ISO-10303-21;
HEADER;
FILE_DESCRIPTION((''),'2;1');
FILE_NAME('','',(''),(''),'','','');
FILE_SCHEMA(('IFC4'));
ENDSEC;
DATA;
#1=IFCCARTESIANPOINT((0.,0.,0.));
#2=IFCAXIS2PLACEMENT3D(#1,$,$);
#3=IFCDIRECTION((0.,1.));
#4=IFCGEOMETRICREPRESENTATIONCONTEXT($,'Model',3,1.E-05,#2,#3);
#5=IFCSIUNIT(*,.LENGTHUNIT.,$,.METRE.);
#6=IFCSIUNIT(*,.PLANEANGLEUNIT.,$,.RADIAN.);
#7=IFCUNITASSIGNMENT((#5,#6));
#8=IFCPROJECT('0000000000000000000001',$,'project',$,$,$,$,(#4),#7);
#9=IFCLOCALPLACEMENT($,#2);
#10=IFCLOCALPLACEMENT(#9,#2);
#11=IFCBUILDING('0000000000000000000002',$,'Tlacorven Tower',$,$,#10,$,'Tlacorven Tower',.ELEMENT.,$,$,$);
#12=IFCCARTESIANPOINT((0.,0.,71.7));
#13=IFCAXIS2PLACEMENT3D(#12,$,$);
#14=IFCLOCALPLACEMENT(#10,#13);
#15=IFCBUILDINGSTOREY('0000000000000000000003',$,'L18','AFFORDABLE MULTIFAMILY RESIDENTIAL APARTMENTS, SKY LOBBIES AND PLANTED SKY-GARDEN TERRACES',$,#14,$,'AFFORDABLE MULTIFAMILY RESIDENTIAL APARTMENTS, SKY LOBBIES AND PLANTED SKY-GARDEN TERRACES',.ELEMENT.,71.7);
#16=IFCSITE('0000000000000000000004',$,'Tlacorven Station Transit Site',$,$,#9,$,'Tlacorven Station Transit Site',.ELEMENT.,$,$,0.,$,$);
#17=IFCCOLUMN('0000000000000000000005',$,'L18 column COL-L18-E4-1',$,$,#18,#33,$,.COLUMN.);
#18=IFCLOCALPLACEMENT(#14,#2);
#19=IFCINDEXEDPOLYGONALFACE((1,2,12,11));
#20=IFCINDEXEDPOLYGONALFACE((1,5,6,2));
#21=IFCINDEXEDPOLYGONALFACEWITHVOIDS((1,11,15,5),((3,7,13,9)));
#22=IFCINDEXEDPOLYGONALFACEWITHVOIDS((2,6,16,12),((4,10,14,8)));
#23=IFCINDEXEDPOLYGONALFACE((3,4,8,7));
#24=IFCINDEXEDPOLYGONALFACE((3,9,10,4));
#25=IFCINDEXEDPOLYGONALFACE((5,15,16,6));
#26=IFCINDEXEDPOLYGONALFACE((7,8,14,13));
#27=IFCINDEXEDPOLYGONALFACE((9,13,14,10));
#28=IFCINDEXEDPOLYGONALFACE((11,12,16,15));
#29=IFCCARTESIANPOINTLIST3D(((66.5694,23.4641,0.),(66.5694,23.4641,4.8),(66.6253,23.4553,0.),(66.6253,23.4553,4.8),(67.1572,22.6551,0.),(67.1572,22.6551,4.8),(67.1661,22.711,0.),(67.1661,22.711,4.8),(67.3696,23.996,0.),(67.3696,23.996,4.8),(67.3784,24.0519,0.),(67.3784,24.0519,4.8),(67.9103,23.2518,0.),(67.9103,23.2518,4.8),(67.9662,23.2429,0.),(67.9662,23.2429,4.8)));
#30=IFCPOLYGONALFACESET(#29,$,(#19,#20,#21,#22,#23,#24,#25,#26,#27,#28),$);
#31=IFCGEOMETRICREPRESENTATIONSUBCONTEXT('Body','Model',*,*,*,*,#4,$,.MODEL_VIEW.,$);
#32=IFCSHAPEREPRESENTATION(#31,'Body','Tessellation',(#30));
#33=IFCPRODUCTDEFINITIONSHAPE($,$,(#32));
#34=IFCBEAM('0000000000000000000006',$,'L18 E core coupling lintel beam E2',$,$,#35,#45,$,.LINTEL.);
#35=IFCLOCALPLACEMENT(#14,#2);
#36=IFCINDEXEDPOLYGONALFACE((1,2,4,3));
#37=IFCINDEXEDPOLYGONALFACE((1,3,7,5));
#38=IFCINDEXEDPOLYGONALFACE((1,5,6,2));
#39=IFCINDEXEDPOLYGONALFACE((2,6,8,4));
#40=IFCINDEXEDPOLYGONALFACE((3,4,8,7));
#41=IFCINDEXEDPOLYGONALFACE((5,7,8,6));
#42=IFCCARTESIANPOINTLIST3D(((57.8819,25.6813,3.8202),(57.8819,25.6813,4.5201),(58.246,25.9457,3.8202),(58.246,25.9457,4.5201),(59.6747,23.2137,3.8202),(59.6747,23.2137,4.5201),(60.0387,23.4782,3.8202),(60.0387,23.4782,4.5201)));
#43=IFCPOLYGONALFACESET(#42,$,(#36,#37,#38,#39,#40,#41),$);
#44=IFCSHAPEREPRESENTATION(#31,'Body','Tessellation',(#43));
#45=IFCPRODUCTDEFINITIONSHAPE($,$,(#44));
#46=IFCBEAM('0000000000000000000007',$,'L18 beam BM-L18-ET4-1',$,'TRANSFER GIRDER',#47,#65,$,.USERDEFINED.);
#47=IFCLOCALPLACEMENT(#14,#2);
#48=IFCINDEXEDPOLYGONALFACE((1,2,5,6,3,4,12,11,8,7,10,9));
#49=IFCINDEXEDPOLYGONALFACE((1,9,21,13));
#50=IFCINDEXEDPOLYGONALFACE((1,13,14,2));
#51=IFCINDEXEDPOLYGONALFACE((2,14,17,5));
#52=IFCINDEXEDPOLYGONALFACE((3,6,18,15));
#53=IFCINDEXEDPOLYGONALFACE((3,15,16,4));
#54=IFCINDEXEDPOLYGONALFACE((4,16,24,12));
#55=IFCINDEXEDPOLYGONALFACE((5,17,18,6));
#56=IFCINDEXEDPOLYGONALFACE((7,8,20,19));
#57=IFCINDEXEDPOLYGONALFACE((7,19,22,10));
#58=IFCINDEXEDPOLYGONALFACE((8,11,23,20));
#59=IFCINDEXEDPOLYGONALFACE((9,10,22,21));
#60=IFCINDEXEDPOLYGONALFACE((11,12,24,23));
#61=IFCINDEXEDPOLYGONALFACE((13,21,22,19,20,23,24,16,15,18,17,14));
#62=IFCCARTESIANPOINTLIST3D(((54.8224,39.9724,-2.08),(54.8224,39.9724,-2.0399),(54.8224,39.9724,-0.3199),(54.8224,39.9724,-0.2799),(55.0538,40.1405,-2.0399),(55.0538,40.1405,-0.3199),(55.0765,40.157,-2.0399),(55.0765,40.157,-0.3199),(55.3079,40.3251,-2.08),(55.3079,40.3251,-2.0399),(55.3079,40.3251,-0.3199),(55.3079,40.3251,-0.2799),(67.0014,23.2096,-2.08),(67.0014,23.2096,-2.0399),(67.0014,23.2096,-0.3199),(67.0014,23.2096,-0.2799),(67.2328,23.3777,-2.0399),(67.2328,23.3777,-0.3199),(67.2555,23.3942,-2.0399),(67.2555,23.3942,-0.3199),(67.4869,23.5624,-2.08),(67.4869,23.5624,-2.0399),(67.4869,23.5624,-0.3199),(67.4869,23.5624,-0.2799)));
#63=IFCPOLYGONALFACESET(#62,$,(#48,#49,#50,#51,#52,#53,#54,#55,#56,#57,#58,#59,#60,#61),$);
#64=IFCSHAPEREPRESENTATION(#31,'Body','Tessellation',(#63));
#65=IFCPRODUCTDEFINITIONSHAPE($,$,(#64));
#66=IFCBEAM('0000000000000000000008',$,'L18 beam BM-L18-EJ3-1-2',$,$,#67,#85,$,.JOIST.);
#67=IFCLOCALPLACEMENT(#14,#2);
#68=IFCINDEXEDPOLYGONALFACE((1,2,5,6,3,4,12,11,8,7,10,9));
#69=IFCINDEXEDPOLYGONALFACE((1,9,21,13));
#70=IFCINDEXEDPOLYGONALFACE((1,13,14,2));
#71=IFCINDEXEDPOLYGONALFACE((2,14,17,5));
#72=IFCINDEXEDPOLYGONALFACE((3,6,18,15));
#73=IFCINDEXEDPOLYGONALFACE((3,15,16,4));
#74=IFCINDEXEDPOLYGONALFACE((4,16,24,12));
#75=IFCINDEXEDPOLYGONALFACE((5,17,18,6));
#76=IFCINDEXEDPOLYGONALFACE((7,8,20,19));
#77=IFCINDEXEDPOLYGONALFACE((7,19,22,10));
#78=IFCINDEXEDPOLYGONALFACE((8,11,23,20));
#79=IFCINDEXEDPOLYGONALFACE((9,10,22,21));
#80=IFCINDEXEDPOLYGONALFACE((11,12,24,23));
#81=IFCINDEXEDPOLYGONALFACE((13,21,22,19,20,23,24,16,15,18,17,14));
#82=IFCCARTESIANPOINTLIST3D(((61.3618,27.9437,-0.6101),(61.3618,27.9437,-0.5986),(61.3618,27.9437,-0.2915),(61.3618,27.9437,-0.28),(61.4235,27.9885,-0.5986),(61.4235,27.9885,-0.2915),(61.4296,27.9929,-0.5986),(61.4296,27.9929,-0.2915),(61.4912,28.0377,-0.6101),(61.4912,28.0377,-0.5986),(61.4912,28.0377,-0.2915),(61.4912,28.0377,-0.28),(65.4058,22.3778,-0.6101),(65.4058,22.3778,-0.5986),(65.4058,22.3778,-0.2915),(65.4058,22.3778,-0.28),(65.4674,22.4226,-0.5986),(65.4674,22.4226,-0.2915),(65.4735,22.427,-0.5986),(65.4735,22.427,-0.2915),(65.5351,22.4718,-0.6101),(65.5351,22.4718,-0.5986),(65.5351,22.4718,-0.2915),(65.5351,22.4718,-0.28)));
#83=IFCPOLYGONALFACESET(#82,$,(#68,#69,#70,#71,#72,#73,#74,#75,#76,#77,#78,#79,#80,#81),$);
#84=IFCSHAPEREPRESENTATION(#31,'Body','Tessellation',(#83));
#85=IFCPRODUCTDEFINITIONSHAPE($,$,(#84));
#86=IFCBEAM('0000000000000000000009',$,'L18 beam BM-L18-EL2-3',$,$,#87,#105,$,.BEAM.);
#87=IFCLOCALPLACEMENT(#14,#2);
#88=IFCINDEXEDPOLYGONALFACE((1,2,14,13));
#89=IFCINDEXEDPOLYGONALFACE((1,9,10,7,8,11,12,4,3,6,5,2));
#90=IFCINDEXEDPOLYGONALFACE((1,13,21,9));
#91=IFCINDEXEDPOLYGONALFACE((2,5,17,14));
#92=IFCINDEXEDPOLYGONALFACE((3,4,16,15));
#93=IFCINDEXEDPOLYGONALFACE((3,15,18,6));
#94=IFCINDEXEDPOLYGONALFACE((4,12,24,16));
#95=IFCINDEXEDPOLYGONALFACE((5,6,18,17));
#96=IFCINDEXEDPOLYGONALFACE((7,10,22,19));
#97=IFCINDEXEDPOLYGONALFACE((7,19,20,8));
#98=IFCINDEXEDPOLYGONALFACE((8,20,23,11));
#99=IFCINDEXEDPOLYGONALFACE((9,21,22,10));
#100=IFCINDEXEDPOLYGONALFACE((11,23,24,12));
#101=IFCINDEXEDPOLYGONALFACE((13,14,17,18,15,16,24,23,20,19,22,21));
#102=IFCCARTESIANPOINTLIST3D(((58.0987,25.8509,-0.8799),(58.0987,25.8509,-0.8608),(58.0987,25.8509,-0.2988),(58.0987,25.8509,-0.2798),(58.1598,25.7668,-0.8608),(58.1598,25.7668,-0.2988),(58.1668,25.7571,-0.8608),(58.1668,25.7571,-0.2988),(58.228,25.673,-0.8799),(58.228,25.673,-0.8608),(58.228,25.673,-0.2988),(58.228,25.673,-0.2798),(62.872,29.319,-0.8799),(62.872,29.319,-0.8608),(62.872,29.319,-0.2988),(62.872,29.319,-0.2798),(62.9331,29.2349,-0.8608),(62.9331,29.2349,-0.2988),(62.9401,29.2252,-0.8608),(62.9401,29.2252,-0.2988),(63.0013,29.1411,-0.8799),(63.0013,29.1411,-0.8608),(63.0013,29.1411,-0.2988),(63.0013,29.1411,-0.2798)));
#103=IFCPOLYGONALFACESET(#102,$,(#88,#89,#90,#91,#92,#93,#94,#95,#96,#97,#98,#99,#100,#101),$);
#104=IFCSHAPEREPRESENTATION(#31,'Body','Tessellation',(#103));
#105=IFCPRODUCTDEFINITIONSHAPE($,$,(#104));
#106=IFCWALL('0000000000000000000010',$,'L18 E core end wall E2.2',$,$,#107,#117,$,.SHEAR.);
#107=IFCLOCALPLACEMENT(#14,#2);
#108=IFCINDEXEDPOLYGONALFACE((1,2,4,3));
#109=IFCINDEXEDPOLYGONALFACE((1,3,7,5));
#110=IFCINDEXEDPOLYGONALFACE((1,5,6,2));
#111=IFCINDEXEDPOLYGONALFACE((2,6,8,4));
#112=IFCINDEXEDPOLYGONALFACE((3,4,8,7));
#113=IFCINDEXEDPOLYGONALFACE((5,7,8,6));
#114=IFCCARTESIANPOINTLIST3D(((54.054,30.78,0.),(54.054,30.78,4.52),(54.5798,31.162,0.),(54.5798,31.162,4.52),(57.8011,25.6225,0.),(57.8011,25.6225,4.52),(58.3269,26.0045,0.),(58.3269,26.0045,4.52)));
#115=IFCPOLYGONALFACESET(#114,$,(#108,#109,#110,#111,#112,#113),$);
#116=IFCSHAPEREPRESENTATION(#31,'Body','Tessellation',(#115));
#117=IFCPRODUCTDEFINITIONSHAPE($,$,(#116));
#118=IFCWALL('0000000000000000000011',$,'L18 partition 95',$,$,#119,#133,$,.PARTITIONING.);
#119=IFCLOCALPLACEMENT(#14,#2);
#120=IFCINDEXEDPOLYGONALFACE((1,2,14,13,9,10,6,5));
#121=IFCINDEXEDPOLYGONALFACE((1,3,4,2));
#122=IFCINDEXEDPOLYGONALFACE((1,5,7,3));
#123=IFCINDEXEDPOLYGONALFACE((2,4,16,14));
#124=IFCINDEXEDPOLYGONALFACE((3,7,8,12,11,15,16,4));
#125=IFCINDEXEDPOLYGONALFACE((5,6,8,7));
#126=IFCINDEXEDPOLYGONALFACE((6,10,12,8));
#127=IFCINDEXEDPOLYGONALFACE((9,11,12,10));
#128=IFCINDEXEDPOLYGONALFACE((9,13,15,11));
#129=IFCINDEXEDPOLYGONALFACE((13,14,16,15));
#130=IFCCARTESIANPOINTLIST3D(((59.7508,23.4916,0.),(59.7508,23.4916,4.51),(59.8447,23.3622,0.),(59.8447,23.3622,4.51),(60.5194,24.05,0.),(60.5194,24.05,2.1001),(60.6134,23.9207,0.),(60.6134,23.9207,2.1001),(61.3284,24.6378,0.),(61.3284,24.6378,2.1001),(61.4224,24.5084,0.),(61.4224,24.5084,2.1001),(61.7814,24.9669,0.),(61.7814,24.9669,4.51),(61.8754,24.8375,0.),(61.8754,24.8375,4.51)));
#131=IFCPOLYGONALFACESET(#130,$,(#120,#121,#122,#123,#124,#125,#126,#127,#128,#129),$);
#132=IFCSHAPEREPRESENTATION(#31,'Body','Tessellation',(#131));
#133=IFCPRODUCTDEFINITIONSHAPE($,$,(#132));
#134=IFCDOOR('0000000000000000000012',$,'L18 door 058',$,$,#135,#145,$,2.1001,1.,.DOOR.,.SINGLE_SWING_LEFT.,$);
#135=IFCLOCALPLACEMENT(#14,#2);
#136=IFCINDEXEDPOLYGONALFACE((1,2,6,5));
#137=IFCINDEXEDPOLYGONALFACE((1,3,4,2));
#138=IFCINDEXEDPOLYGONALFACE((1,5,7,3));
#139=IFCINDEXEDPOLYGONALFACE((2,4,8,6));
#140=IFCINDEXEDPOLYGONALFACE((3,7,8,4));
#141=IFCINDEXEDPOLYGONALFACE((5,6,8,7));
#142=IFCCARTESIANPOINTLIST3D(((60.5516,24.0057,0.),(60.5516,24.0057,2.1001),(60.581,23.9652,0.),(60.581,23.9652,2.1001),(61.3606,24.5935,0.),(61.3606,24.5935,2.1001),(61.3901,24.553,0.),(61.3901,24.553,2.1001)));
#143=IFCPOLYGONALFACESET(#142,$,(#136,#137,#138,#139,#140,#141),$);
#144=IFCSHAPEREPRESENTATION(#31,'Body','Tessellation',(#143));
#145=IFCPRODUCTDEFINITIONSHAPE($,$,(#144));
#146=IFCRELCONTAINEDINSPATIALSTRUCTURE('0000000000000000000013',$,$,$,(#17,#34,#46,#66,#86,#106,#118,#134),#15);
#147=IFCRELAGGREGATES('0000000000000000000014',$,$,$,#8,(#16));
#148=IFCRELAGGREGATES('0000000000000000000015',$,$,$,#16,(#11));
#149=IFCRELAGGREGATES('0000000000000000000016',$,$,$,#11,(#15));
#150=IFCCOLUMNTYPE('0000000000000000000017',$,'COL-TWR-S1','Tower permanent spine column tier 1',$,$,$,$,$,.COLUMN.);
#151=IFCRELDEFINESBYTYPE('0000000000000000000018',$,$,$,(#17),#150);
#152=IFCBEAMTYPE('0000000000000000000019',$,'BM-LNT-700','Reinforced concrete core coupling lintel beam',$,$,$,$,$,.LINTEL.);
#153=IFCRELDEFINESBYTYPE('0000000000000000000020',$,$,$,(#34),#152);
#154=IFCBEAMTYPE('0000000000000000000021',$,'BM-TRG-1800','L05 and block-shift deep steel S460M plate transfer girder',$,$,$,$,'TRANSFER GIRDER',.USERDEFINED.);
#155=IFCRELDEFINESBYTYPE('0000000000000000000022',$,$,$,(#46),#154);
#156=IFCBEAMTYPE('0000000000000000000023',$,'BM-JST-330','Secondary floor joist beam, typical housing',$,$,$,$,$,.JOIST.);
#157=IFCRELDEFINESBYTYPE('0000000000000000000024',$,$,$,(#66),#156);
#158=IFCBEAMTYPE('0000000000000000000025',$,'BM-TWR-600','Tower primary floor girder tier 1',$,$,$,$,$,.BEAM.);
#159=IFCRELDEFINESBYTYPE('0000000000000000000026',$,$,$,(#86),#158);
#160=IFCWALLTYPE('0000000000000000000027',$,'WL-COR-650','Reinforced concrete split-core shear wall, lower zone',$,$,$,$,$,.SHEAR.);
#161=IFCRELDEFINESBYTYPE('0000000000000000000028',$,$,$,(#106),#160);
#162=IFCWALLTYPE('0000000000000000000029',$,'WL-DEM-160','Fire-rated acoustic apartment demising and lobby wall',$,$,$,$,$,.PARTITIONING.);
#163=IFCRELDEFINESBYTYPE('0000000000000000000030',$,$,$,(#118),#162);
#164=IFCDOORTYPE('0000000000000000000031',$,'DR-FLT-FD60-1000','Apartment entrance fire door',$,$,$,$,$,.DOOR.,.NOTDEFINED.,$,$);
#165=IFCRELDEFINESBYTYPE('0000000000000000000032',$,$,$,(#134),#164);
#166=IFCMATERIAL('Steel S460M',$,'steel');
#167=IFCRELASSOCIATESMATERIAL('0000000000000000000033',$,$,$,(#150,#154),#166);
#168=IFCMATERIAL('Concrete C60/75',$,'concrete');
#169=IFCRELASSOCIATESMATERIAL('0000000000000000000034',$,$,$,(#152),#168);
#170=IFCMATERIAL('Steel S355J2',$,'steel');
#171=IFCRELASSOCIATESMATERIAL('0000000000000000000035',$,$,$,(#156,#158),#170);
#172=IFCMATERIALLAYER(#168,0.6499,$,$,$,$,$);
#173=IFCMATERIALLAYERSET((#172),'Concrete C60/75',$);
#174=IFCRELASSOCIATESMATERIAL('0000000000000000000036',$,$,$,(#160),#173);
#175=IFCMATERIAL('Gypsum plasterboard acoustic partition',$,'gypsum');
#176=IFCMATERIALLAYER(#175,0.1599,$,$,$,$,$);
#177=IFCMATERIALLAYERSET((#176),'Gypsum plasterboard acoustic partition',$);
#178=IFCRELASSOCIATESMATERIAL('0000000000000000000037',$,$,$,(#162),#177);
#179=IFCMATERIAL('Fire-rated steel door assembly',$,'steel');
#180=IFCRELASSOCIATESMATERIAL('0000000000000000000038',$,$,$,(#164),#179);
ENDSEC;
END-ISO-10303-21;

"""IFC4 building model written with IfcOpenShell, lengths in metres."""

from ifc_helpers import new_model, si_unit, direction, frame, frame_2d, origin, origin_2d, place, context, subcontext, project, spatial, rectangle, hollow_rectangle, i_section, extrude, source, transform, mapped, material, layer, layer_set, material_profile, profile_set, type_object, element, fill, save


model = new_model("IFC4")

# Units and contexts
model_context = context("Model", 3, precision=1e-05, world=origin(), true_north=direction((0.0, 1.0)))
body_context = subcontext(model_context, "Body", "Model", "MODEL_VIEW")
ifc_project = project(units=[si_unit("LENGTHUNIT", "METRE"), si_unit("PLANEANGLEUNIT", "RADIAN")], contexts=[model_context])

# Site, building, storey
site_placement = place(None, origin())
site = spatial("IfcSite", under=ifc_project, at=site_placement, Name="Tlacorven Station Transit Site", LongName="Tlacorven Station Transit Site", CompositionType="ELEMENT", RefElevation=0.0)
building_placement = place(site_placement, origin())
building = spatial("IfcBuilding", under=site, at=building_placement, Name="Tlacorven Tower", LongName="Tlacorven Tower", CompositionType="ELEMENT")
storey_placement = place(building_placement, frame((0.0, 0.0, 71.7)))
storey = spatial("IfcBuildingStorey", under=building, at=storey_placement, Name="L18", Description="AFFORDABLE MULTIFAMILY RESIDENTIAL APARTMENTS, SKY LOBBIES AND PLANTED SKY-GARDEN TERRACES", LongName="AFFORDABLE MULTIFAMILY RESIDENTIAL APARTMENTS, SKY LOBBIES AND PLANTED SKY-GARDEN TERRACES", CompositionType="ELEMENT", Elevation=71.7)

# Column
ifc_material_1 = material(Name="Steel S460M", Category="steel")
ifc_material_profile_1 = material_profile(ifc_material_1, hollow_rectangle(XDim=1.0, YDim=1.0, WallThickness=0.04, at=origin_2d()), Name="BOX 1000X1000X40")
ifc_profile_set_1 = profile_set([ifc_material_profile_1], Name="Steel S460M")
column_type = type_object("IfcColumnType", Name="COL-TWR-S1", Description="Tower permanent spine column tier 1", PredefinedType="COLUMN", material=ifc_profile_set_1)
shared_shape_1 = source(origin(), body_context, "Body", "SweptSolid", [
    extrude(hollow_rectangle(XDim=1.0, YDim=1.0, WallThickness=0.04, at=origin_2d()), origin(), (0.0, 0.0, 1.0), 4.8),
])
column_placement = place(storey_placement, frame((67.2678, 23.3535, 0.0), z_axis=(0.0, 0.0, 1.0), x_axis=(0.809017, 0.587785, 0.0)))
element("IfcColumn", 1, at=column_placement, inside=storey, type_object=column_type, Name="L18 column COL-L18-E4-1", PredefinedType="COLUMN", context=body_context, shape_type="MappedRepresentation", body=[
    mapped(shared_shape_1, transform((0.0, 0.0, 0.0), scale=1.0)),
])

# Beams
ifc_material_2 = material(Name="Concrete C60/75", Category="concrete")
ifc_material_profile_2 = material_profile(ifc_material_2, rectangle(XDim=0.45, YDim=0.7, at=origin_2d()), Name="RC 450X700")
ifc_profile_set_2 = profile_set([ifc_material_profile_2], Name="Concrete C60/75")
beam_type_1 = type_object("IfcBeamType", Name="BM-LNT-700", Description="Reinforced concrete core coupling lintel beam", PredefinedType="LINTEL", material=ifc_profile_set_2)
shared_shape_2 = source(origin(), body_context, "Body", "SweptSolid", [
    extrude(rectangle(XDim=0.45, YDim=0.7, at=origin_2d()), origin(), (0.0, 0.0, 1.0), 3.05),
])
beam_1_placement = place(storey_placement, frame((59.8567, 23.3459, 4.1702), z_axis=(-0.587777, 0.809023, 0.0), x_axis=(-0.809023, -0.587777, 0.0)))
element("IfcBeam", 2, at=beam_1_placement, inside=storey, type_object=beam_type_1, Name="L18 E core coupling lintel beam E2", PredefinedType="LINTEL", context=body_context, shape_type="MappedRepresentation", body=[
    mapped(shared_shape_2, transform((0.0, 0.0, 0.0), scale=1.0)),
])
ifc_material_profile_3 = material_profile(ifc_material_1, i_section(OverallWidth=0.6001, OverallDepth=1.8, WebThickness=0.0281, FlangeThickness=0.04, at=origin_2d()), Name="PG 1800X600X28X40")
ifc_profile_set_3 = profile_set([ifc_material_profile_3], Name="Steel S460M")
beam_type_2 = type_object("IfcBeamType", Name="BM-TRG-1800", Description="L05 and block-shift deep steel S460M plate transfer girder", ElementType="TRANSFER GIRDER", PredefinedType="USERDEFINED", material=ifc_profile_set_3)
shared_shape_3 = source(origin(), body_context, "Body", "SweptSolid", [
    extrude(i_section(OverallWidth=0.6001, OverallDepth=1.8, WebThickness=0.0281, FlangeThickness=0.04, at=origin_2d()), origin(), (0.0, 0.0, 1.0), 20.72),
])
beam_2_placement = place(storey_placement, frame((67.2441, 23.386, -1.1799), z_axis=(-0.58779, 0.809014, 0.0), x_axis=(-0.809014, -0.58779, 0.0)))
element("IfcBeam", 3, at=beam_2_placement, inside=storey, type_object=beam_type_2, Name="L18 beam BM-L18-ET4-1", ObjectType="TRANSFER GIRDER", PredefinedType="USERDEFINED", context=body_context, shape_type="MappedRepresentation", body=[
    mapped(shared_shape_3, transform((0.0, 0.0, 0.0), scale=1.0)),
])
ifc_material_3 = material(Name="Steel S355J2", Category="steel")
ifc_material_profile_4 = material_profile(ifc_material_3, i_section(OverallWidth=0.1599, OverallDepth=0.3301, WebThickness=0.0076, FlangeThickness=0.0115, at=origin_2d()), Name="IPE 330")
ifc_profile_set_4 = profile_set([ifc_material_profile_4], Name="Steel S355J2")
beam_type_3 = type_object("IfcBeamType", Name="BM-JST-330", Description="Secondary floor joist beam, typical housing", PredefinedType="JOIST", material=ifc_profile_set_4)
shared_shape_4 = source(origin(), body_context, "Body", "SweptSolid", [
    extrude(i_section(OverallWidth=0.1599, OverallDepth=0.3301, WebThickness=0.0076, FlangeThickness=0.0115, at=origin_2d()), origin(), (0.0, 0.0, 1.0), 6.8799),
])
beam_3_placement = place(storey_placement, frame((65.4705, 22.4248, -0.4451), z_axis=(-0.587792, 0.809012, 0.0), x_axis=(-0.809012, -0.587792, 0.0)))
element("IfcBeam", 4, at=beam_3_placement, inside=storey, type_object=beam_type_3, Name="L18 beam BM-L18-EJ3-1-2", PredefinedType="JOIST", context=body_context, shape_type="MappedRepresentation", body=[
    mapped(shared_shape_4, transform((0.0, 0.0, 0.0), scale=1.0)),
])
ifc_material_profile_5 = material_profile(ifc_material_3, i_section(OverallWidth=0.22, OverallDepth=0.6001, WebThickness=0.012, FlangeThickness=0.019, at=origin_2d()), Name="IPE 600")
ifc_profile_set_5 = profile_set([ifc_material_profile_5], Name="Steel S355J2")
beam_type_4 = type_object("IfcBeamType", Name="BM-TWR-600", Description="Tower primary floor girder tier 1", PredefinedType="BEAM", material=ifc_profile_set_5)
shared_shape_5 = source(origin(), body_context, "Body", "SweptSolid", [
    extrude(i_section(OverallWidth=0.22, OverallDepth=0.6001, WebThickness=0.012, FlangeThickness=0.019, at=origin_2d()), origin(), (0.0, 0.0, 1.0), 5.9001),
])
beam_4_placement = place(storey_placement, frame((58.1633, 25.762, -0.5798), z_axis=(0.80901, 0.587795, 0.0), x_axis=(-0.587795, 0.80901, 0.0)))
element("IfcBeam", 5, at=beam_4_placement, inside=storey, type_object=beam_type_4, Name="L18 beam BM-L18-EL2-3", PredefinedType="BEAM", context=body_context, shape_type="MappedRepresentation", body=[
    mapped(shared_shape_5, transform((0.0, 0.0, 0.0), scale=1.0)),
])

# Wall
ifc_layer_1 = layer(ifc_material_2, 0.6499)
ifc_layer_set_1 = layer_set([ifc_layer_1], Name="Concrete C60/75")
wall_type_1 = type_object("IfcWallType", Name="WL-COR-650", Description="Reinforced concrete split-core shear wall, lower zone", PredefinedType="SHEAR", material=ifc_layer_set_1)
wall_1_placement = place(storey_placement, frame((58.064, 25.8135, 0.0), z_axis=(0.0, 0.0, 1.0), x_axis=(-0.58778, 0.809021, 0.0)))
element("IfcWall", 6, at=wall_1_placement, inside=storey, type_object=wall_type_1, Name="L18 E core end wall E2.2", PredefinedType="SHEAR", context=body_context, shape_type="SweptSolid", body=[
    extrude(rectangle(XDim=6.375, YDim=0.6499, at=frame_2d((3.1875, 0.0))), origin(), (0.0, 0.0, 1.0), 4.52),
])

# Wall, opening, door
ifc_material_4 = material(Name="Gypsum plasterboard acoustic partition", Category="gypsum")
ifc_layer_2 = layer(ifc_material_4, 0.1599)
ifc_layer_set_2 = layer_set([ifc_layer_2], Name="Gypsum plasterboard acoustic partition")
wall_type_2 = type_object("IfcWallType", Name="WL-DEM-160", Description="Fire-rated acoustic apartment demising and lobby wall", PredefinedType="PARTITIONING", material=ifc_layer_set_2)
wall_2_placement = place(storey_placement, frame((59.7979, 23.427, 0.0), z_axis=(0.0, 0.0, 1.0), x_axis=(0.809035, 0.587761, 0.0)))
wall_2 = element("IfcWall", 7, at=wall_2_placement, inside=storey, type_object=wall_type_2, Name="L18 partition 95", PredefinedType="PARTITIONING", context=body_context, shape_type="SweptSolid", body=[
    extrude(rectangle(XDim=2.51, YDim=0.1599, at=frame_2d((1.2549, 0.0))), origin(), (0.0, 0.0, 1.0), 4.51),
])
opening_1_placement = place(wall_2_placement, frame((0.95, 0.0, 0.0)))
opening_1 = element("IfcOpeningElement", 8, at=opening_1_placement, cuts=wall_2, PredefinedType="OPENING", context=body_context, shape_type="SweptSolid", body=[
    extrude(rectangle(XDim=1.0, YDim=2.1001, at=frame_2d((0.5, 1.05))), frame((0.0, 0.0898, 0.0), z_axis=(0.0, -1.0, 0.0), x_axis=(1.0, 0.0, 0.0)), (0.0, 0.0, 1.0), 0.1799),
])
ifc_material_5 = material(Name="Fire-rated steel door assembly", Category="steel")
door_type_1 = type_object("IfcDoorType", Name="DR-FLT-FD60-1000", Description="Apartment entrance fire door", OperationType="NOTDEFINED", PredefinedType="DOOR", material=ifc_material_5)
shared_shape_6 = source(origin(), body_context, "Body", "SweptSolid", [
    extrude(rectangle(XDim=1.0, YDim=2.1001, at=frame_2d((0.5, 1.05))), frame((0.0, 0.0249, 0.0), z_axis=(0.0, -1.0, 0.0), x_axis=(1.0, 0.0, 0.0)), (0.0, 0.0, 1.0), 0.05),
])
door_1_placement = place(opening_1_placement, frame((1.0, 0.0, 0.0), z_axis=(0.0, 0.0, 1.0), x_axis=(-1.0, 0.0, 0.0)))
door_1 = element("IfcDoor", 9, at=door_1_placement, inside=storey, type_object=door_type_1, Name="L18 door 058", OperationType="SINGLE_SWING_LEFT", OverallHeight=2.1001, OverallWidth=1.0, PredefinedType="DOOR", context=body_context, shape_type="MappedRepresentation", body=[
    mapped(shared_shape_6, transform((0.0, 0.0, 0.0), scale=1.0)),
])
fill(opening_1, door_1)

save(model, "model.ifc")
